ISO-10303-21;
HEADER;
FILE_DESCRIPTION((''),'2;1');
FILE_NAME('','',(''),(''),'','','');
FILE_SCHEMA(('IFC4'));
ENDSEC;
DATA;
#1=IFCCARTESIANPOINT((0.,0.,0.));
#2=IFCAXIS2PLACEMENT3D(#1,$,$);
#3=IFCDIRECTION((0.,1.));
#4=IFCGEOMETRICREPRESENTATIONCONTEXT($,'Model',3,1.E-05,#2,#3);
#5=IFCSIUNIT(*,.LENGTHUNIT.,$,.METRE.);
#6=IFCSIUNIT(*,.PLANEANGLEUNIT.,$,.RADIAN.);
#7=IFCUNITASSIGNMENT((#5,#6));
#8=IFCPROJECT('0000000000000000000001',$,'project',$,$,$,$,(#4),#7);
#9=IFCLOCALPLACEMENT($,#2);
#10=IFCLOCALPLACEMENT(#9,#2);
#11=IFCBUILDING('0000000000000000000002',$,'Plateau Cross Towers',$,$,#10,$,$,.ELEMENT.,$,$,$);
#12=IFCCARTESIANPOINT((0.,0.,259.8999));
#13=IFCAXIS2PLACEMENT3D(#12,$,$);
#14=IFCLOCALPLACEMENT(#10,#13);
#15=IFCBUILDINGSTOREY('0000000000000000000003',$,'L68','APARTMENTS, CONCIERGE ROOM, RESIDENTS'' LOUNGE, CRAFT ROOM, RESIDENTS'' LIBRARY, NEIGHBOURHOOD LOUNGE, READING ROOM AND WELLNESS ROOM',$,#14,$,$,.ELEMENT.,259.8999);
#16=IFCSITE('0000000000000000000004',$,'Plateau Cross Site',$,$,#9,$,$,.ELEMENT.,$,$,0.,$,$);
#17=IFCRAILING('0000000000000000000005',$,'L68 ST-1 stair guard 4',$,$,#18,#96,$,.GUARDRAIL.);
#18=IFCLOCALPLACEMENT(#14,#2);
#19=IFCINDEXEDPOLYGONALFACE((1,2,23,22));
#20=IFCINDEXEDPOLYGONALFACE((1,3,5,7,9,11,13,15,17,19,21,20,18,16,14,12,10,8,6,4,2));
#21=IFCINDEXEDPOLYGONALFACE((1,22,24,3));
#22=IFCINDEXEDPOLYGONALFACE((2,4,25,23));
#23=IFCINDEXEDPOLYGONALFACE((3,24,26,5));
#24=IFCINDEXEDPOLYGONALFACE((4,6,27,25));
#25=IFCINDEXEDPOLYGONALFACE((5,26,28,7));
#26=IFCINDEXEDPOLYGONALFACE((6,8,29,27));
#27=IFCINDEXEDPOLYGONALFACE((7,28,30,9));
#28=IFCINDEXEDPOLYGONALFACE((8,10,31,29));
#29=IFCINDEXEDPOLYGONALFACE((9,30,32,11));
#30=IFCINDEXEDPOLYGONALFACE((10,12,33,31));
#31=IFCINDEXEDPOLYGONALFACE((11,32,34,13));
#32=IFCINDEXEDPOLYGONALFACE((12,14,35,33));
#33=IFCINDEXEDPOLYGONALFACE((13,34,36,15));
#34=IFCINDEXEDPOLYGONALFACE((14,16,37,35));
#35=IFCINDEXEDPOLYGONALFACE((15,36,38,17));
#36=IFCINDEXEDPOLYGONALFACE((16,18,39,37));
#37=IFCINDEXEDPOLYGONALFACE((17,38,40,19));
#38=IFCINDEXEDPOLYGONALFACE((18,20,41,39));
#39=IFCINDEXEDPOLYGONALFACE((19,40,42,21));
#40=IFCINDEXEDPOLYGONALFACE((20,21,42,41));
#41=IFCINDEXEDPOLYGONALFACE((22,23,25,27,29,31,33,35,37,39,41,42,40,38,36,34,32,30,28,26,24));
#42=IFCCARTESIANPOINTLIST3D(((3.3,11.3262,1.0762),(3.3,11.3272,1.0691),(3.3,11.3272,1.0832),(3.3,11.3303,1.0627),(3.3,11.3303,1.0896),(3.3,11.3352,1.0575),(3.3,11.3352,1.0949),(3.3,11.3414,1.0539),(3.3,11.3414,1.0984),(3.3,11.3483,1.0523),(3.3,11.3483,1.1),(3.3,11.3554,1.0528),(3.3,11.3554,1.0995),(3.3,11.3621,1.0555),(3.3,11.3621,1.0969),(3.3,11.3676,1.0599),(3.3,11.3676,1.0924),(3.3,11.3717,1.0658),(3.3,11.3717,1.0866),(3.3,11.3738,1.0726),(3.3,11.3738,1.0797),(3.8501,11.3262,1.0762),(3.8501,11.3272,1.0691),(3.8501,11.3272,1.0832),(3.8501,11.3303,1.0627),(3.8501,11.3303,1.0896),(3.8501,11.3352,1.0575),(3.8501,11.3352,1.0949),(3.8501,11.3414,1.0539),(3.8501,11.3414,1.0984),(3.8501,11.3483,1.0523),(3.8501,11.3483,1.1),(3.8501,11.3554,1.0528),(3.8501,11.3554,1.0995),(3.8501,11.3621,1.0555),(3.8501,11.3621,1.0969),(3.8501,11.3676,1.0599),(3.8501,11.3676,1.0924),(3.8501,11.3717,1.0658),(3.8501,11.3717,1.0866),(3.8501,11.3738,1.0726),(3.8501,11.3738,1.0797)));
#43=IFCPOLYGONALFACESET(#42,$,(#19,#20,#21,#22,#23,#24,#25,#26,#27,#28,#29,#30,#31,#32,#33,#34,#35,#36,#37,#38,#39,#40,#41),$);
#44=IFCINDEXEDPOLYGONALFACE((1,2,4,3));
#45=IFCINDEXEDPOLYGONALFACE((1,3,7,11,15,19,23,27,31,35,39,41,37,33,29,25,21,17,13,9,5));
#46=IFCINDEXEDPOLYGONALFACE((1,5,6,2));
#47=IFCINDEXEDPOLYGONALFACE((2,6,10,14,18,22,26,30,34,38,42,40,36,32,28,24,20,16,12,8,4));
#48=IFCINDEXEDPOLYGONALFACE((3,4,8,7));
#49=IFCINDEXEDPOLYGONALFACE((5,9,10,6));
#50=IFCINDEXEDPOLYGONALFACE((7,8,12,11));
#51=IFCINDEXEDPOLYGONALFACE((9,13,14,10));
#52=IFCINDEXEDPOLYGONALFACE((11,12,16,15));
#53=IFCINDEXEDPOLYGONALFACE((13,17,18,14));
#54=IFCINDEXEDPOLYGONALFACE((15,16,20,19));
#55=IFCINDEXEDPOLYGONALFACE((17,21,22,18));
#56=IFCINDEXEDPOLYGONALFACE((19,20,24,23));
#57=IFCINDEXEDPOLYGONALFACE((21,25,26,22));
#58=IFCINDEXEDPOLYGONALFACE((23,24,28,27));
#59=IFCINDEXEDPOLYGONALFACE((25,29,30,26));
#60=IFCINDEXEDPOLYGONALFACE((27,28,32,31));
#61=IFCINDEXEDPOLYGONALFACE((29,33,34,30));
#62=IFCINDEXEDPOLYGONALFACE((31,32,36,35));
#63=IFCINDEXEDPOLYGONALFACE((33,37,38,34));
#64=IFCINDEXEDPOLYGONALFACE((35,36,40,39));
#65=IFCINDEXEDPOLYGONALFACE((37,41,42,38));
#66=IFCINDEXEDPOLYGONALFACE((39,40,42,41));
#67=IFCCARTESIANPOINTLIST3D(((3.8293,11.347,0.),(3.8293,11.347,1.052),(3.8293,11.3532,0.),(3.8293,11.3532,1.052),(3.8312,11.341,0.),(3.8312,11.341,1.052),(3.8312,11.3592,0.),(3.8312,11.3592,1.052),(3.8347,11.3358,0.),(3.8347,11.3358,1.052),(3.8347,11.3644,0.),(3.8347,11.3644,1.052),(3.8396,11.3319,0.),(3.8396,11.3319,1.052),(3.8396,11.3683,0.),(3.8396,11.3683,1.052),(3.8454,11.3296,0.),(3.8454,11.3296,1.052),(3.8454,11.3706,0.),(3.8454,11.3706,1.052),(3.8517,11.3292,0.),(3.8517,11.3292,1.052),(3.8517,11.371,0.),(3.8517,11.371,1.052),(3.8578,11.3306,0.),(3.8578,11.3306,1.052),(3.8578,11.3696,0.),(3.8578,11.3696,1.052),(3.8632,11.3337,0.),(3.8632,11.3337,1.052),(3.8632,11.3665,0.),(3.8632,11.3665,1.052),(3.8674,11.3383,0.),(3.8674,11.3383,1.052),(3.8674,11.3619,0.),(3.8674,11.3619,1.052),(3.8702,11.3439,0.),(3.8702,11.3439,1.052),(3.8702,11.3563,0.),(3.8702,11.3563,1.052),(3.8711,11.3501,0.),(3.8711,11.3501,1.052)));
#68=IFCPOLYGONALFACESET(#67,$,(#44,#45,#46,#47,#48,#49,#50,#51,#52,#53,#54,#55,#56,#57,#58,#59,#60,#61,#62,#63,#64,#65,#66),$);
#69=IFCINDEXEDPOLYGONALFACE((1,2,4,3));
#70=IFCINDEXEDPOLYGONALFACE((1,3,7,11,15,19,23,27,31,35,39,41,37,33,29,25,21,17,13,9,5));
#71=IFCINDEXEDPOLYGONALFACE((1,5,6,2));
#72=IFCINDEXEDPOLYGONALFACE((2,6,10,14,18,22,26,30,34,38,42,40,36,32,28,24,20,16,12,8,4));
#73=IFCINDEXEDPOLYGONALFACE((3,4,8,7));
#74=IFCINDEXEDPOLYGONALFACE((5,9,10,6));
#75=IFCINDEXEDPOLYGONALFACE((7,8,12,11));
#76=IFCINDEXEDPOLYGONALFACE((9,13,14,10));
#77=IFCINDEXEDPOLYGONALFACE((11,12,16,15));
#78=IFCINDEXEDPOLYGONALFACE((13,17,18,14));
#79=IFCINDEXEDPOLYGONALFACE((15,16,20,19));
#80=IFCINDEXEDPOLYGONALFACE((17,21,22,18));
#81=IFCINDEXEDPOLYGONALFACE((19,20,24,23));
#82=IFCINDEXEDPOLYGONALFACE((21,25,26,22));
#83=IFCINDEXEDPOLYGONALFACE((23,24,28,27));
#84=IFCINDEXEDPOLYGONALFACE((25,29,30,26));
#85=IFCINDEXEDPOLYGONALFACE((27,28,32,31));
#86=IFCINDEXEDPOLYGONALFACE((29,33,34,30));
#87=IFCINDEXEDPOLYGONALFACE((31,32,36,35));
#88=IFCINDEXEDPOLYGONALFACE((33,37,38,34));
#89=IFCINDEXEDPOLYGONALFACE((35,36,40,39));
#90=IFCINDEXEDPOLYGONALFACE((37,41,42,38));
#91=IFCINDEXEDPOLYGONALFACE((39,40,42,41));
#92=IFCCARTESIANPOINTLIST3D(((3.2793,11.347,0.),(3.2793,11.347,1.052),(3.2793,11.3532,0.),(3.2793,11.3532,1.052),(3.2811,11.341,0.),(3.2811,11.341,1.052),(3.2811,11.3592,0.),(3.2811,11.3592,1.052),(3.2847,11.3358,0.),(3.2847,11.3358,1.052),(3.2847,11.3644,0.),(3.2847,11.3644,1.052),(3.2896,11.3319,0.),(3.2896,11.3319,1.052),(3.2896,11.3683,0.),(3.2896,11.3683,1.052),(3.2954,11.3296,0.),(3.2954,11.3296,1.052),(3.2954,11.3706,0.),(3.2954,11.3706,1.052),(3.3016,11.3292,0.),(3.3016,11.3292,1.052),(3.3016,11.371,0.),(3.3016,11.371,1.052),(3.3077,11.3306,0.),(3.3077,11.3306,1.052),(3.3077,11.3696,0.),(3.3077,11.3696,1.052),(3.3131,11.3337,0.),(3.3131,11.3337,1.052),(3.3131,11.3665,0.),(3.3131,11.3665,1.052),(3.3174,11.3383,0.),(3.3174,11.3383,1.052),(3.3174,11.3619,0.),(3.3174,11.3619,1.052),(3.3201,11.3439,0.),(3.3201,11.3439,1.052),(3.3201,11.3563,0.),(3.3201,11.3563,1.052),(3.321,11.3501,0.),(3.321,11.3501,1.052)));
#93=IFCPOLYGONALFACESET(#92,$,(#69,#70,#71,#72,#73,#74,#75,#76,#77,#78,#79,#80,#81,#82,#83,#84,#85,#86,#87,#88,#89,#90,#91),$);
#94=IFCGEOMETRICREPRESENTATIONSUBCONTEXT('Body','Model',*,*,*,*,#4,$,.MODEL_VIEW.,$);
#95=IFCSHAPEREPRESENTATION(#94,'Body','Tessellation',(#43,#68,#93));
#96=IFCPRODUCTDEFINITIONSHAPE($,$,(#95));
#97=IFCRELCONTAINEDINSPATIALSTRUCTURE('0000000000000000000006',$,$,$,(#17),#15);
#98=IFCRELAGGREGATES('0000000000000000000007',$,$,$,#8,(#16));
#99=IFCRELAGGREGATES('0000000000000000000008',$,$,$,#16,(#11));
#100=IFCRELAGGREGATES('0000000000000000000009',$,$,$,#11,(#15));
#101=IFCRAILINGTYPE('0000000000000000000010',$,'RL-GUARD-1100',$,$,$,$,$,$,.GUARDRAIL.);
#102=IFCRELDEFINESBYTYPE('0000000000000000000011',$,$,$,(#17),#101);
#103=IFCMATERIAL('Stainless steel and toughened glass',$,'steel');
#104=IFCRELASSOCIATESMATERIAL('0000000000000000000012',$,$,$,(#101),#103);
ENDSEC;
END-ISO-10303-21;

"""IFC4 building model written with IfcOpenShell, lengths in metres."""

from ifc_helpers import new_model, si_unit, direction, frame, origin, origin_2d, place, context, subcontext, project, spatial, circle, extrude, material, type_object, element, save


model = new_model("IFC4")

# Units and contexts
model_context = context("Model", 3, precision=1e-05, world=origin(), true_north=direction((0.0, 1.0)))
body_context = subcontext(model_context, "Body", "Model", "MODEL_VIEW")
ifc_project = project(units=[si_unit("LENGTHUNIT", "METRE"), si_unit("PLANEANGLEUNIT", "RADIAN")], contexts=[model_context])

# Site, building, storey
site_placement = place(None, origin())
site = spatial("IfcSite", under=ifc_project, at=site_placement, Name="Plateau Cross Site", CompositionType="ELEMENT", RefElevation=0.0)
building_placement = place(site_placement, origin())
building = spatial("IfcBuilding", under=site, at=building_placement, Name="Plateau Cross Towers", CompositionType="ELEMENT")
storey_placement = place(building_placement, frame((0.0, 0.0, 259.8999)))
storey = spatial("IfcBuildingStorey", under=building, at=storey_placement, Name="L68", Description="APARTMENTS, CONCIERGE ROOM, RESIDENTS' LOUNGE, CRAFT ROOM, RESIDENTS' LIBRARY, NEIGHBOURHOOD LOUNGE, READING ROOM AND WELLNESS ROOM", CompositionType="ELEMENT", Elevation=259.8999)

# Railing
ifc_material_1 = material(Name="Stainless steel and toughened glass", Category="steel")
railing_type_1 = type_object("IfcRailingType", Name="RL-GUARD-1100", PredefinedType="GUARDRAIL", material=ifc_material_1)
railing_1_placement = place(storey_placement, frame((3.8501, 11.3501, 0.0)))
element("IfcRailing", 1, at=railing_1_placement, inside=storey, type_object=railing_type_1, Name="L68 ST-1 stair guard 4", PredefinedType="GUARDRAIL", context=body_context, shape_type="SweptSolid", body=[
    extrude(circle(Radius=0.0239, at=origin_2d()), frame((0.0, 0.0, 1.0762), z_axis=(-1.0, 0.0, 0.0), x_axis=(0.0, -1.0, 0.0)), (0.0, 0.0, 1.0), 0.55),
    extrude(circle(Radius=0.021, at=origin_2d()), origin(), (0.0, 0.0, 1.0), 1.052),
    extrude(circle(Radius=0.021, at=origin_2d()), frame((-0.55, 0.0, 0.0)), (0.0, 0.0, 1.0), 1.052),
])

save(model, "model.ifc")
